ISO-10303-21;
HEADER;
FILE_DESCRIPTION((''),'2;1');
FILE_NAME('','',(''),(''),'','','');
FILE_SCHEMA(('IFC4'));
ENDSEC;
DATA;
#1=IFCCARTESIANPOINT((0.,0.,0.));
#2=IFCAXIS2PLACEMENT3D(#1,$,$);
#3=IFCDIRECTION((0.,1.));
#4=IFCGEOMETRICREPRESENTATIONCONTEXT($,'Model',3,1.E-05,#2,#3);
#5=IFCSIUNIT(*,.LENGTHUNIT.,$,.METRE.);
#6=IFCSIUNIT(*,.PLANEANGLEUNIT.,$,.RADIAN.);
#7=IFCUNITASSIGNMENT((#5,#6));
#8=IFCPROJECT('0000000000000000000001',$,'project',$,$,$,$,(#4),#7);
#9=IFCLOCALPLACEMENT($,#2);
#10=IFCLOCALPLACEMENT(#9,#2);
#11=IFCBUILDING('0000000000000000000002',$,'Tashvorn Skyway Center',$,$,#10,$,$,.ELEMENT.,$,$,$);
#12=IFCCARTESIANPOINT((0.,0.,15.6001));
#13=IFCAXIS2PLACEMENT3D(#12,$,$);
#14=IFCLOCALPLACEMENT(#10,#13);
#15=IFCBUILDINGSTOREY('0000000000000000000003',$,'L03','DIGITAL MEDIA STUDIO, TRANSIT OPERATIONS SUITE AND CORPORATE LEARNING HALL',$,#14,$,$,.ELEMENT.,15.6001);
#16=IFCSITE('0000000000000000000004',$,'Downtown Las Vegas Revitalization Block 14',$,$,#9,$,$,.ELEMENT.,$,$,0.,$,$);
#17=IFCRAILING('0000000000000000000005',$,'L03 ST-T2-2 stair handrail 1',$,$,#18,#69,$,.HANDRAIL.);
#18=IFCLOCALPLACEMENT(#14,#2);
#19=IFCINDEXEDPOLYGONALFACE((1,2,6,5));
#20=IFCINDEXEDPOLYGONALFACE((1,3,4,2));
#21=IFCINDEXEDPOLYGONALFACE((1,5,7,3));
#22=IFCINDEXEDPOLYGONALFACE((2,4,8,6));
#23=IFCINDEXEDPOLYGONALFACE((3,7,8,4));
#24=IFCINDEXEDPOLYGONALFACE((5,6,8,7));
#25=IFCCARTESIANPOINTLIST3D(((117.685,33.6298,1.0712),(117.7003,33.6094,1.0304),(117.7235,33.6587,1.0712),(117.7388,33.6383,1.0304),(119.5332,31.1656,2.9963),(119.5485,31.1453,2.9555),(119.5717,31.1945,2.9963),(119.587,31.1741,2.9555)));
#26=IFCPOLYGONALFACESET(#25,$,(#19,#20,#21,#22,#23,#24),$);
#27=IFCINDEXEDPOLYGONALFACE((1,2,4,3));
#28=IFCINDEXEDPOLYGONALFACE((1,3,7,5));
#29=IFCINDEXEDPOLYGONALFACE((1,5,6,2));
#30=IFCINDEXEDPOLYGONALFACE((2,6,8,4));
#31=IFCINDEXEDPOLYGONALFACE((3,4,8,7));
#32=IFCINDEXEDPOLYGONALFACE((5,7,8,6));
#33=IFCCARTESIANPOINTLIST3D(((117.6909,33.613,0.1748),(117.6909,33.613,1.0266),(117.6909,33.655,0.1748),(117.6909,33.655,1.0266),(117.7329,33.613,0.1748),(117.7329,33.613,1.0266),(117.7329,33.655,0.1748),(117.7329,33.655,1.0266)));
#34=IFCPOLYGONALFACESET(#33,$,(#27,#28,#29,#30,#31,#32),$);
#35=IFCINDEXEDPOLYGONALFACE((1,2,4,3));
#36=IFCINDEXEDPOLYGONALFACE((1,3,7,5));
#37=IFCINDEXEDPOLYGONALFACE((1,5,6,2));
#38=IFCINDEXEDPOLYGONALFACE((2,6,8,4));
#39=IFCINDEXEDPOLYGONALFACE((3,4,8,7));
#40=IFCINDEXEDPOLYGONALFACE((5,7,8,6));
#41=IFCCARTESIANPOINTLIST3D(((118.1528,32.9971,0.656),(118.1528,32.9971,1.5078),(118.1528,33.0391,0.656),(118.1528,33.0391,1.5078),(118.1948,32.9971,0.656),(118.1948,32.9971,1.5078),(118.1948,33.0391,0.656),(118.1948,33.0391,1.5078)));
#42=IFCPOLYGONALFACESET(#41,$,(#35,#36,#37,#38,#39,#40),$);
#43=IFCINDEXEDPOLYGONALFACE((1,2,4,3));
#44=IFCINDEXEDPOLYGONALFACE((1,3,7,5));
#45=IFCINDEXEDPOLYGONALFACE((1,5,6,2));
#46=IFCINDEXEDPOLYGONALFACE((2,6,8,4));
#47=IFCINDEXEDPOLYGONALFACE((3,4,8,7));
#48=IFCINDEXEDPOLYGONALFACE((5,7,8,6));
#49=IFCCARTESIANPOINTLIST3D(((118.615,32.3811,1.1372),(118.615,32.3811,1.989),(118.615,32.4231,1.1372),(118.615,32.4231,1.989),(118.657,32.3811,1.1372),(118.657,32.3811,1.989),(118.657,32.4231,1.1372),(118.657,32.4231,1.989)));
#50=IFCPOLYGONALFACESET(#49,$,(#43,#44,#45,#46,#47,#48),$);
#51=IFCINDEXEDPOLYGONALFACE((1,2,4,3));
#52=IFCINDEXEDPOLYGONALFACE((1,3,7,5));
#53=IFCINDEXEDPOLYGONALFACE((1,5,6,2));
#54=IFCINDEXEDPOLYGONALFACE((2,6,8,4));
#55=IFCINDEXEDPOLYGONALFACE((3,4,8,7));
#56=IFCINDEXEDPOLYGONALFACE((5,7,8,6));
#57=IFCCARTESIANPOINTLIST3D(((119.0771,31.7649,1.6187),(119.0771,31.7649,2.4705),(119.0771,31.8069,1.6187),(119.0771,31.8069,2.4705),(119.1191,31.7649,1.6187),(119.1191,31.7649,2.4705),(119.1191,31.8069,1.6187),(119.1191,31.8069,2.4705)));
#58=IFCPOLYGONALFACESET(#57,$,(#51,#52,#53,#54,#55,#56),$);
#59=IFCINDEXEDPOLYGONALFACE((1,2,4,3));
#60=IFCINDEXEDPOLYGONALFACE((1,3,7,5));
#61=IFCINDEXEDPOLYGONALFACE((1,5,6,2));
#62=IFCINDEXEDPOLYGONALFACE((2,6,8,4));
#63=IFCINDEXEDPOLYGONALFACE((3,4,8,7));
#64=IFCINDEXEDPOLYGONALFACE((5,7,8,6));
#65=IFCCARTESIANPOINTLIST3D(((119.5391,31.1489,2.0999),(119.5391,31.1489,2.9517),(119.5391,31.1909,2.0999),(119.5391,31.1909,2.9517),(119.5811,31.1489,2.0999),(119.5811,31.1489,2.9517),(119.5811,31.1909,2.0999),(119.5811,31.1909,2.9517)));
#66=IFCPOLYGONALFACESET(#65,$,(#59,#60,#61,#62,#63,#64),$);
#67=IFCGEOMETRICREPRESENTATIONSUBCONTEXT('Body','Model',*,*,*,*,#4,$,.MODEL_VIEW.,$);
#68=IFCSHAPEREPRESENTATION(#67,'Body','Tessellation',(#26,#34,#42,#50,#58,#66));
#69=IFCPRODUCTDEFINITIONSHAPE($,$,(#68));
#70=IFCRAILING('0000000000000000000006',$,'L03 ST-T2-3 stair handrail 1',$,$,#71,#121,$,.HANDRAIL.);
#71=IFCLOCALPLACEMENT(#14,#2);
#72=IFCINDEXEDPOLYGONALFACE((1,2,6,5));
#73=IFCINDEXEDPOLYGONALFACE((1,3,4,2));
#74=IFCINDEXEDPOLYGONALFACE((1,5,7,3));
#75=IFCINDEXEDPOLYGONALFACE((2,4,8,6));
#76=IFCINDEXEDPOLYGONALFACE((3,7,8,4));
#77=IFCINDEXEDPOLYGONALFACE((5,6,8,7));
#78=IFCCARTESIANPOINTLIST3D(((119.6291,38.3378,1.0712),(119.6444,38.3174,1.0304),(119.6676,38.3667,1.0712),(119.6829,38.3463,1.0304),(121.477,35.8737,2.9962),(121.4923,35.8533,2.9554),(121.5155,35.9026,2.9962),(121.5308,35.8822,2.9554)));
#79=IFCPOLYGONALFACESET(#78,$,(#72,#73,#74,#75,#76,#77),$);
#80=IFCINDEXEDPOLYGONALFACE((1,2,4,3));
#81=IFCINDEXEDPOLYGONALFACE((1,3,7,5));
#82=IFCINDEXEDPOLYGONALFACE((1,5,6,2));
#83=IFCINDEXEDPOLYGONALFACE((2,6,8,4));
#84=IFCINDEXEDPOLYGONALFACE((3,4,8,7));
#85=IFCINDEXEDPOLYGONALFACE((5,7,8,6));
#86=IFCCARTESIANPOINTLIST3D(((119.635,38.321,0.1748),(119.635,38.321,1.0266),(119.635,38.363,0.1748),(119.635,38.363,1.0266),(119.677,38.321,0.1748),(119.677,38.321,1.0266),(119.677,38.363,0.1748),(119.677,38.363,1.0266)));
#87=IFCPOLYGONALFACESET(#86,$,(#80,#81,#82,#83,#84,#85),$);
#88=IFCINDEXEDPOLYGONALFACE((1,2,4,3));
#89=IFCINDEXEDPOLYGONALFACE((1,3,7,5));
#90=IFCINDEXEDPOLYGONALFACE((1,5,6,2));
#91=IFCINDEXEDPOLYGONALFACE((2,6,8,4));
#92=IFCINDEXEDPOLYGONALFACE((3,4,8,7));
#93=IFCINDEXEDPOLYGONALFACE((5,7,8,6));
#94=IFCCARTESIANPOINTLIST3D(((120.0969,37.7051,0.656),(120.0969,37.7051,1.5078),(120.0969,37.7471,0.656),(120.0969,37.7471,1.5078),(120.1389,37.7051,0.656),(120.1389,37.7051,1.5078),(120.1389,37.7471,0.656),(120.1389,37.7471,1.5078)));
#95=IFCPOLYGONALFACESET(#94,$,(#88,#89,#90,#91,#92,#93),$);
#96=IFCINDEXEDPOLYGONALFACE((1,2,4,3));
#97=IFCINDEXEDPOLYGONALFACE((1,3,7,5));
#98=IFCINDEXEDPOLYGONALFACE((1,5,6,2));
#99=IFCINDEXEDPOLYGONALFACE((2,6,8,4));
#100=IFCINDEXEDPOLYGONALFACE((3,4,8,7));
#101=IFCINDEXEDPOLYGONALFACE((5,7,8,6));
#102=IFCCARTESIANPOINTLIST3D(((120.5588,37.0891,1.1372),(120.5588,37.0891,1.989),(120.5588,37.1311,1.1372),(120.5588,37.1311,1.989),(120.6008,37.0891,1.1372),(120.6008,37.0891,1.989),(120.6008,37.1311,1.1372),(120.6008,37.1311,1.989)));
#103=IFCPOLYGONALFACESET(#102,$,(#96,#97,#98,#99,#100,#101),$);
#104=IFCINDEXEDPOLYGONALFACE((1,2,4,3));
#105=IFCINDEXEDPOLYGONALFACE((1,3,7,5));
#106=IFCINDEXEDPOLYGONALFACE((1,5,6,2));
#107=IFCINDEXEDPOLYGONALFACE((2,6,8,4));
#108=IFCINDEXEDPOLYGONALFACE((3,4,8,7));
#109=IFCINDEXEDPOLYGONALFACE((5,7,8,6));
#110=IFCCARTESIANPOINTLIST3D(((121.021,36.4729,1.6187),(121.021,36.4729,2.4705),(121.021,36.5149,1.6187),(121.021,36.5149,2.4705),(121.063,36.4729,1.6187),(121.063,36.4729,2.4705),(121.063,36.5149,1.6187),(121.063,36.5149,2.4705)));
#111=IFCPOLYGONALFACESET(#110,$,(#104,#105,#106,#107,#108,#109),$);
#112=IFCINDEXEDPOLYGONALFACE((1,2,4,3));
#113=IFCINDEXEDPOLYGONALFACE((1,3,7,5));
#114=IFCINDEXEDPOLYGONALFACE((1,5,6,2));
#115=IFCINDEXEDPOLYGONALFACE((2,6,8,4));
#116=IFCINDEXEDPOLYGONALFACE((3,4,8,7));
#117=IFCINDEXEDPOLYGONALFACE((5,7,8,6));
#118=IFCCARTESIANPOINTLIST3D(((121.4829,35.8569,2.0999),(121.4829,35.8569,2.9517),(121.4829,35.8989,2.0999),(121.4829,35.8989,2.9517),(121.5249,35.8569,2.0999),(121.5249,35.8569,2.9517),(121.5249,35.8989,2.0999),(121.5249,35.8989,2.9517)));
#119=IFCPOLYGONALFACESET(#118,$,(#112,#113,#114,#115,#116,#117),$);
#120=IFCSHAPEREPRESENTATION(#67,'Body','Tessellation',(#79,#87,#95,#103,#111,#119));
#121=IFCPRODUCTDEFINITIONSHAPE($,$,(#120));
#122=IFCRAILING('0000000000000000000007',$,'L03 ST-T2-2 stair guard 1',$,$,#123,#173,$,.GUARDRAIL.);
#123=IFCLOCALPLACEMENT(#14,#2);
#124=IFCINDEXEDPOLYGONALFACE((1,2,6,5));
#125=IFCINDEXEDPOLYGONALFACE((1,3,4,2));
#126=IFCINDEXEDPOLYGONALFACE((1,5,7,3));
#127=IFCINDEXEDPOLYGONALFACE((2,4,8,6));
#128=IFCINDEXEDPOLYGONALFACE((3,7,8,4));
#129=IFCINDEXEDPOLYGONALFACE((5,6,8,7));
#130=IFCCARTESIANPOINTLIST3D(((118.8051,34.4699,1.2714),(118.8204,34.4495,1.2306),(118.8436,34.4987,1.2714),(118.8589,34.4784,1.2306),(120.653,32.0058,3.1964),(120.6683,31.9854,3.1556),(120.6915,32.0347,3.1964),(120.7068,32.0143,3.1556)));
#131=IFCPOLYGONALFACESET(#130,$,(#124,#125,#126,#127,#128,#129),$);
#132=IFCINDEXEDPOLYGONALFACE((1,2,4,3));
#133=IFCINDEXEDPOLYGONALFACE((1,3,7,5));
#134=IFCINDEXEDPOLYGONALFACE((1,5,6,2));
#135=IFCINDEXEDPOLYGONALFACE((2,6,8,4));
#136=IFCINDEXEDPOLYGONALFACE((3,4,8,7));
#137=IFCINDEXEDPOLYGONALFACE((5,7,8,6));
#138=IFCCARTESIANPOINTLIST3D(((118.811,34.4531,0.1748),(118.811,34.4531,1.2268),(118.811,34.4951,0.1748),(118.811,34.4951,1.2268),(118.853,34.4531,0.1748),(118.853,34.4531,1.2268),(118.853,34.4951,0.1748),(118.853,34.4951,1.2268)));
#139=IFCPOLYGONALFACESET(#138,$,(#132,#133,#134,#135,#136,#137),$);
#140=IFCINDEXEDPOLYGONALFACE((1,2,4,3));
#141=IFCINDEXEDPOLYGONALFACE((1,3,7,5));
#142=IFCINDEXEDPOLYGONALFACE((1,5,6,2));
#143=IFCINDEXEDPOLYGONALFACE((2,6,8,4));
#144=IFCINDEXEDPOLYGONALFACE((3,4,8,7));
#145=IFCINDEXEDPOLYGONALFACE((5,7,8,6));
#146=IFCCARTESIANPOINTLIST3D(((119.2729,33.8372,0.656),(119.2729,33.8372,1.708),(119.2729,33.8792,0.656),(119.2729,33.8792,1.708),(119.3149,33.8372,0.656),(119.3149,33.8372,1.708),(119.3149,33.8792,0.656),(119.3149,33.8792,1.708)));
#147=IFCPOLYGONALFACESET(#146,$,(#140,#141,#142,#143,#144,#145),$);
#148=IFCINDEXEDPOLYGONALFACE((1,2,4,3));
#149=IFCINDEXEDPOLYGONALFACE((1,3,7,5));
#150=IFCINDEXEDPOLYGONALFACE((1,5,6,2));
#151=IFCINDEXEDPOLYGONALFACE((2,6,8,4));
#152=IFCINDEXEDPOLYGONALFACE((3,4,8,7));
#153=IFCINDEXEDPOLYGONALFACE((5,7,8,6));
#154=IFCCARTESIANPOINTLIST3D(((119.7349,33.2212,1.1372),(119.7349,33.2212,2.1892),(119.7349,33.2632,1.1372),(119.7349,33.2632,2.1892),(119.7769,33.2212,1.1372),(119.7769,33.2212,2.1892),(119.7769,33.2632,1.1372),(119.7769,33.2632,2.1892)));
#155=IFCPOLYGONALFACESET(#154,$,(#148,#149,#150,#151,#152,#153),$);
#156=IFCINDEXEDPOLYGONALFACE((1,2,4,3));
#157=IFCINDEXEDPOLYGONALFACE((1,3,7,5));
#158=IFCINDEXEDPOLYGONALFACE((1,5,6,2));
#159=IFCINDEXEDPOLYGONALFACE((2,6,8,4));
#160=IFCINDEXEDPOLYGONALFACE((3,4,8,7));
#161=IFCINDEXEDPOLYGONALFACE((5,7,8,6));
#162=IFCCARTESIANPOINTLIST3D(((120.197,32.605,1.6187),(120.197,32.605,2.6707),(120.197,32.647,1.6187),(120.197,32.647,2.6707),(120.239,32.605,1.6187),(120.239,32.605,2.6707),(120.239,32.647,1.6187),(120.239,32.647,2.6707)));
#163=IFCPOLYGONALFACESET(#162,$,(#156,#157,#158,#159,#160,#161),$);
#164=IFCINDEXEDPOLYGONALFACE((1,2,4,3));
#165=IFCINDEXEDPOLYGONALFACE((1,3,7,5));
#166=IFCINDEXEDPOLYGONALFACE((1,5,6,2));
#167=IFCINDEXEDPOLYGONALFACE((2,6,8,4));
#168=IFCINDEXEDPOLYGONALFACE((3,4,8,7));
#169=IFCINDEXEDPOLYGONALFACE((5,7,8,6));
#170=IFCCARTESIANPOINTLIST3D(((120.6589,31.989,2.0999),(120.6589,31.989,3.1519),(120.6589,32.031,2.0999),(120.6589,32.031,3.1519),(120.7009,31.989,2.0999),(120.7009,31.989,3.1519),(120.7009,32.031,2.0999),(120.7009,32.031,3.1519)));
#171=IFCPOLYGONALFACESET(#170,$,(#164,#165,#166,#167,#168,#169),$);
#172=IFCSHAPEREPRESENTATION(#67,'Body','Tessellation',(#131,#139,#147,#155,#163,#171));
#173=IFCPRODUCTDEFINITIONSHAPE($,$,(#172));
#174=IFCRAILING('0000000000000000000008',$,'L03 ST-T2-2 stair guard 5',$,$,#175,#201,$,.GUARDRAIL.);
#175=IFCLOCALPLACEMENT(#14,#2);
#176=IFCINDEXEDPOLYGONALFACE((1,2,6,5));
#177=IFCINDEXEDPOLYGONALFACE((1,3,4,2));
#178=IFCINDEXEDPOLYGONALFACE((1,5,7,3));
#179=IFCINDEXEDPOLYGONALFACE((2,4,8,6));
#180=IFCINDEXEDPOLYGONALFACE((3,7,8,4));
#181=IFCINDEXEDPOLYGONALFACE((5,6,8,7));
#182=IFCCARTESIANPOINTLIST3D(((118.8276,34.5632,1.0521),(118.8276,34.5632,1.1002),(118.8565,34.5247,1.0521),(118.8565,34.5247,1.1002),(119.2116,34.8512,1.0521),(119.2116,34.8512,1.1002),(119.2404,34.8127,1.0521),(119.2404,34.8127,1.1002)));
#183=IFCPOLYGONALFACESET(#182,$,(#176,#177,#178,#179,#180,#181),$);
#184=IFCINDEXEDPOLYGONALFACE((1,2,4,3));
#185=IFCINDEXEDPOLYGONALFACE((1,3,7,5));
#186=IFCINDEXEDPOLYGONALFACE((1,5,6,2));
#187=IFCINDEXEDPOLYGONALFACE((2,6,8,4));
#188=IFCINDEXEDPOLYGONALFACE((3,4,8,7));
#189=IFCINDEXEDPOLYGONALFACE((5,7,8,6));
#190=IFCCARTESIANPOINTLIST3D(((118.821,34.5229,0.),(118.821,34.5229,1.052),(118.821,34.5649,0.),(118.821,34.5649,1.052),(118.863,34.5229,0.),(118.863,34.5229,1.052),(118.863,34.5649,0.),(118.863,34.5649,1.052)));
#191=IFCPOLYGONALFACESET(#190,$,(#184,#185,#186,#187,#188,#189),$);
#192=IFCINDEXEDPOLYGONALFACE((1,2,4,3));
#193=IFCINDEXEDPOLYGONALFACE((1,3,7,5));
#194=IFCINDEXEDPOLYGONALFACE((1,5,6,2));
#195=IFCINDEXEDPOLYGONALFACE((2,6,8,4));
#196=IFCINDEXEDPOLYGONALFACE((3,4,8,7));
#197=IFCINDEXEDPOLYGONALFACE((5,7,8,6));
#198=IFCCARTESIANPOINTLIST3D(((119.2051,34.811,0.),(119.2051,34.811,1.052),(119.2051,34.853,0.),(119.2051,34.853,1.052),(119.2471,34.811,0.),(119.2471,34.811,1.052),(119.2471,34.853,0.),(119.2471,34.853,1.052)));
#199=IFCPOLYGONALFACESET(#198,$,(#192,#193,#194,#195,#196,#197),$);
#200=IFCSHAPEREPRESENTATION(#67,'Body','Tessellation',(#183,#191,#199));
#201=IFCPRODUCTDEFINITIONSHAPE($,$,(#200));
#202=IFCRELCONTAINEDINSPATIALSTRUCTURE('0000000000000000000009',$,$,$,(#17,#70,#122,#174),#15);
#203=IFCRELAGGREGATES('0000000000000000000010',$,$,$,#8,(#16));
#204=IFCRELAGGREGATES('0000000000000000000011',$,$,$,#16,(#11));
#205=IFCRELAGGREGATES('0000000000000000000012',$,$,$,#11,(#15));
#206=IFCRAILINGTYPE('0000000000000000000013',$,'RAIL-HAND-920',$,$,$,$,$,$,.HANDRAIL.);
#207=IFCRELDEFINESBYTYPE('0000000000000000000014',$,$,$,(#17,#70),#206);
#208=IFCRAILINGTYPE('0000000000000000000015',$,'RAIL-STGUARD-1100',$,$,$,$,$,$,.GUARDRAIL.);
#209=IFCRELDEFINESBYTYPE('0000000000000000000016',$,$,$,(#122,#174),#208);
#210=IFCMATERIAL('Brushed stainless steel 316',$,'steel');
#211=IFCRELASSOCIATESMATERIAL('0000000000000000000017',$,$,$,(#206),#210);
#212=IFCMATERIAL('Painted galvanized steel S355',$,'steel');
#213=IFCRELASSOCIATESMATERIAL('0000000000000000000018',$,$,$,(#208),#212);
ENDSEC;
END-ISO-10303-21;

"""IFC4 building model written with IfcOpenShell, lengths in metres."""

from ifc_helpers import new_model, si_unit, direction, frame, origin, origin_2d, place, context, subcontext, project, spatial, rectangle, extrude, material, type_object, element, save


model = new_model("IFC4")

# Units and contexts
model_context = context("Model", 3, precision=1e-05, world=origin(), true_north=direction((0.0, 1.0)))
body_context = subcontext(model_context, "Body", "Model", "MODEL_VIEW")
ifc_project = project(units=[si_unit("LENGTHUNIT", "METRE"), si_unit("PLANEANGLEUNIT", "RADIAN")], contexts=[model_context])

# Site, building, storey
site_placement = place(None, origin())
site = spatial("IfcSite", under=ifc_project, at=site_placement, Name="Downtown Las Vegas Revitalization Block 14", CompositionType="ELEMENT", RefElevation=0.0)
building_placement = place(site_placement, origin())
building = spatial("IfcBuilding", under=site, at=building_placement, Name="Tashvorn Skyway Center", CompositionType="ELEMENT")
storey_placement = place(building_placement, frame((0.0, 0.0, 15.6001)))
storey = spatial("IfcBuildingStorey", under=building, at=storey_placement, Name="L03", Description="DIGITAL MEDIA STUDIO, TRANSIT OPERATIONS SUITE AND CORPORATE LEARNING HALL", CompositionType="ELEMENT", Elevation=15.6001)

# Railings
ifc_material_1 = material(Name="Brushed stainless steel 316", Category="steel")
railing_type_1 = type_object("IfcRailingType", Name="RAIL-HAND-920", PredefinedType="HANDRAIL", material=ifc_material_1)
railing_1_placement = place(storey_placement, frame((117.7119, 33.634, 0.1748)))
element("IfcRailing", 1, at=railing_1_placement, inside=storey, type_object=railing_type_1, Name="L03 ST-T2-2 stair handrail 1", PredefinedType="HANDRAIL", context=body_context, shape_type="SweptSolid", body=[
    extrude(rectangle(XDim=0.0481, YDim=0.0481, at=origin_2d()), frame((0.0, 0.0, 0.876), z_axis=(0.508814, -0.678397, 0.529987), x_axis=(0.79999, 0.600013, 0.0)), (0.0, 0.0, 1.0), 3.6323),
    extrude(rectangle(XDim=0.042, YDim=0.042, at=origin_2d()), origin(), (0.0, 0.0, 1.0), 0.8518),
    extrude(rectangle(XDim=0.042, YDim=0.042, at=origin_2d()), frame((0.4619, -0.616, 0.4812)), (0.0, 0.0, 1.0), 0.8518),
    extrude(rectangle(XDim=0.042, YDim=0.042, at=origin_2d()), frame((0.9241, -1.2319, 0.9624)), (0.0, 0.0, 1.0), 0.8518),
    extrude(rectangle(XDim=0.042, YDim=0.042, at=origin_2d()), frame((1.3862, -1.8481, 1.4438)), (0.0, 0.0, 1.0), 0.8518),
    extrude(rectangle(XDim=0.042, YDim=0.042, at=origin_2d()), frame((1.8481, -2.4641, 1.925)), (0.0, 0.0, 1.0), 0.8518),
])
railing_2_placement = place(storey_placement, frame((119.656, 38.342, 0.1748)))
element("IfcRailing", 2, at=railing_2_placement, inside=storey, type_object=railing_type_1, Name="L03 ST-T2-3 stair handrail 1", PredefinedType="HANDRAIL", context=body_context, shape_type="SweptSolid", body=[
    extrude(rectangle(XDim=0.0481, YDim=0.0481, at=origin_2d()), frame((0.0, 0.0, 0.876), z_axis=(0.508764, -0.67842, 0.530005), x_axis=(0.800029, 0.599962, 0.0)), (0.0, 0.0, 1.0), 3.6321),
    extrude(rectangle(XDim=0.042, YDim=0.042, at=origin_2d()), origin(), (0.0, 0.0, 1.0), 0.8518),
    extrude(rectangle(XDim=0.042, YDim=0.042, at=origin_2d()), frame((0.4619, -0.616, 0.4812)), (0.0, 0.0, 1.0), 0.8518),
    extrude(rectangle(XDim=0.042, YDim=0.042, at=origin_2d()), frame((0.9238, -1.2319, 0.9624)), (0.0, 0.0, 1.0), 0.8518),
    extrude(rectangle(XDim=0.042, YDim=0.042, at=origin_2d()), frame((1.386, -1.8481, 1.4438)), (0.0, 0.0, 1.0), 0.8518),
    extrude(rectangle(XDim=0.042, YDim=0.042, at=origin_2d()), frame((1.8479, -2.4641, 1.925)), (0.0, 0.0, 1.0), 0.8518),
])
ifc_material_2 = material(Name="Painted galvanized steel S355", Category="steel")
railing_type_2 = type_object("IfcRailingType", Name="RAIL-STGUARD-1100", PredefinedType="GUARDRAIL", material=ifc_material_2)
railing_3_placement = place(storey_placement, frame((118.832, 34.4741, 0.1748)))
element("IfcRailing", 3, at=railing_3_placement, inside=storey, type_object=railing_type_2, Name="L03 ST-T2-2 stair guard 1", PredefinedType="GUARDRAIL", context=body_context, shape_type="SweptSolid", body=[
    extrude(rectangle(XDim=0.0481, YDim=0.0481, at=origin_2d()), frame((0.0, 0.0, 1.0762), z_axis=(0.508764, -0.67842, 0.530005), x_axis=(0.800029, 0.599962, 0.0)), (0.0, 0.0, 1.0), 3.6321),
    extrude(rectangle(XDim=0.042, YDim=0.042, at=origin_2d()), origin(), (0.0, 0.0, 1.0), 1.052),
    extrude(rectangle(XDim=0.042, YDim=0.042, at=origin_2d()), frame((0.4619, -0.616, 0.4812)), (0.0, 0.0, 1.0), 1.052),
    extrude(rectangle(XDim=0.042, YDim=0.042, at=origin_2d()), frame((0.9238, -1.2319, 0.9624)), (0.0, 0.0, 1.0), 1.052),
    extrude(rectangle(XDim=0.042, YDim=0.042, at=origin_2d()), frame((1.386, -1.8481, 1.4438)), (0.0, 0.0, 1.0), 1.052),
    extrude(rectangle(XDim=0.042, YDim=0.042, at=origin_2d()), frame((1.8479, -2.4641, 1.925)), (0.0, 0.0, 1.0), 1.052),
])
railing_4_placement = place(storey_placement, frame((118.842, 34.5439, 0.0)))
element("IfcRailing", 4, at=railing_4_placement, inside=storey, type_object=railing_type_2, Name="L03 ST-T2-2 stair guard 5", PredefinedType="GUARDRAIL", context=body_context, shape_type="SweptSolid", body=[
    extrude(rectangle(XDim=0.0481, YDim=0.0481, at=origin_2d()), frame((0.0, 0.0, 1.0762), z_axis=(0.799939, 0.600081, 0.0), x_axis=(-0.600081, 0.799939, 0.0)), (0.0, 0.0, 1.0), 0.48),
    extrude(rectangle(XDim=0.042, YDim=0.042, at=origin_2d()), origin(), (0.0, 0.0, 1.0), 1.052),
    extrude(rectangle(XDim=0.042, YDim=0.042, at=origin_2d()), frame((0.384, 0.2881, 0.0)), (0.0, 0.0, 1.0), 1.052),
])

save(model, "model.ifc")
